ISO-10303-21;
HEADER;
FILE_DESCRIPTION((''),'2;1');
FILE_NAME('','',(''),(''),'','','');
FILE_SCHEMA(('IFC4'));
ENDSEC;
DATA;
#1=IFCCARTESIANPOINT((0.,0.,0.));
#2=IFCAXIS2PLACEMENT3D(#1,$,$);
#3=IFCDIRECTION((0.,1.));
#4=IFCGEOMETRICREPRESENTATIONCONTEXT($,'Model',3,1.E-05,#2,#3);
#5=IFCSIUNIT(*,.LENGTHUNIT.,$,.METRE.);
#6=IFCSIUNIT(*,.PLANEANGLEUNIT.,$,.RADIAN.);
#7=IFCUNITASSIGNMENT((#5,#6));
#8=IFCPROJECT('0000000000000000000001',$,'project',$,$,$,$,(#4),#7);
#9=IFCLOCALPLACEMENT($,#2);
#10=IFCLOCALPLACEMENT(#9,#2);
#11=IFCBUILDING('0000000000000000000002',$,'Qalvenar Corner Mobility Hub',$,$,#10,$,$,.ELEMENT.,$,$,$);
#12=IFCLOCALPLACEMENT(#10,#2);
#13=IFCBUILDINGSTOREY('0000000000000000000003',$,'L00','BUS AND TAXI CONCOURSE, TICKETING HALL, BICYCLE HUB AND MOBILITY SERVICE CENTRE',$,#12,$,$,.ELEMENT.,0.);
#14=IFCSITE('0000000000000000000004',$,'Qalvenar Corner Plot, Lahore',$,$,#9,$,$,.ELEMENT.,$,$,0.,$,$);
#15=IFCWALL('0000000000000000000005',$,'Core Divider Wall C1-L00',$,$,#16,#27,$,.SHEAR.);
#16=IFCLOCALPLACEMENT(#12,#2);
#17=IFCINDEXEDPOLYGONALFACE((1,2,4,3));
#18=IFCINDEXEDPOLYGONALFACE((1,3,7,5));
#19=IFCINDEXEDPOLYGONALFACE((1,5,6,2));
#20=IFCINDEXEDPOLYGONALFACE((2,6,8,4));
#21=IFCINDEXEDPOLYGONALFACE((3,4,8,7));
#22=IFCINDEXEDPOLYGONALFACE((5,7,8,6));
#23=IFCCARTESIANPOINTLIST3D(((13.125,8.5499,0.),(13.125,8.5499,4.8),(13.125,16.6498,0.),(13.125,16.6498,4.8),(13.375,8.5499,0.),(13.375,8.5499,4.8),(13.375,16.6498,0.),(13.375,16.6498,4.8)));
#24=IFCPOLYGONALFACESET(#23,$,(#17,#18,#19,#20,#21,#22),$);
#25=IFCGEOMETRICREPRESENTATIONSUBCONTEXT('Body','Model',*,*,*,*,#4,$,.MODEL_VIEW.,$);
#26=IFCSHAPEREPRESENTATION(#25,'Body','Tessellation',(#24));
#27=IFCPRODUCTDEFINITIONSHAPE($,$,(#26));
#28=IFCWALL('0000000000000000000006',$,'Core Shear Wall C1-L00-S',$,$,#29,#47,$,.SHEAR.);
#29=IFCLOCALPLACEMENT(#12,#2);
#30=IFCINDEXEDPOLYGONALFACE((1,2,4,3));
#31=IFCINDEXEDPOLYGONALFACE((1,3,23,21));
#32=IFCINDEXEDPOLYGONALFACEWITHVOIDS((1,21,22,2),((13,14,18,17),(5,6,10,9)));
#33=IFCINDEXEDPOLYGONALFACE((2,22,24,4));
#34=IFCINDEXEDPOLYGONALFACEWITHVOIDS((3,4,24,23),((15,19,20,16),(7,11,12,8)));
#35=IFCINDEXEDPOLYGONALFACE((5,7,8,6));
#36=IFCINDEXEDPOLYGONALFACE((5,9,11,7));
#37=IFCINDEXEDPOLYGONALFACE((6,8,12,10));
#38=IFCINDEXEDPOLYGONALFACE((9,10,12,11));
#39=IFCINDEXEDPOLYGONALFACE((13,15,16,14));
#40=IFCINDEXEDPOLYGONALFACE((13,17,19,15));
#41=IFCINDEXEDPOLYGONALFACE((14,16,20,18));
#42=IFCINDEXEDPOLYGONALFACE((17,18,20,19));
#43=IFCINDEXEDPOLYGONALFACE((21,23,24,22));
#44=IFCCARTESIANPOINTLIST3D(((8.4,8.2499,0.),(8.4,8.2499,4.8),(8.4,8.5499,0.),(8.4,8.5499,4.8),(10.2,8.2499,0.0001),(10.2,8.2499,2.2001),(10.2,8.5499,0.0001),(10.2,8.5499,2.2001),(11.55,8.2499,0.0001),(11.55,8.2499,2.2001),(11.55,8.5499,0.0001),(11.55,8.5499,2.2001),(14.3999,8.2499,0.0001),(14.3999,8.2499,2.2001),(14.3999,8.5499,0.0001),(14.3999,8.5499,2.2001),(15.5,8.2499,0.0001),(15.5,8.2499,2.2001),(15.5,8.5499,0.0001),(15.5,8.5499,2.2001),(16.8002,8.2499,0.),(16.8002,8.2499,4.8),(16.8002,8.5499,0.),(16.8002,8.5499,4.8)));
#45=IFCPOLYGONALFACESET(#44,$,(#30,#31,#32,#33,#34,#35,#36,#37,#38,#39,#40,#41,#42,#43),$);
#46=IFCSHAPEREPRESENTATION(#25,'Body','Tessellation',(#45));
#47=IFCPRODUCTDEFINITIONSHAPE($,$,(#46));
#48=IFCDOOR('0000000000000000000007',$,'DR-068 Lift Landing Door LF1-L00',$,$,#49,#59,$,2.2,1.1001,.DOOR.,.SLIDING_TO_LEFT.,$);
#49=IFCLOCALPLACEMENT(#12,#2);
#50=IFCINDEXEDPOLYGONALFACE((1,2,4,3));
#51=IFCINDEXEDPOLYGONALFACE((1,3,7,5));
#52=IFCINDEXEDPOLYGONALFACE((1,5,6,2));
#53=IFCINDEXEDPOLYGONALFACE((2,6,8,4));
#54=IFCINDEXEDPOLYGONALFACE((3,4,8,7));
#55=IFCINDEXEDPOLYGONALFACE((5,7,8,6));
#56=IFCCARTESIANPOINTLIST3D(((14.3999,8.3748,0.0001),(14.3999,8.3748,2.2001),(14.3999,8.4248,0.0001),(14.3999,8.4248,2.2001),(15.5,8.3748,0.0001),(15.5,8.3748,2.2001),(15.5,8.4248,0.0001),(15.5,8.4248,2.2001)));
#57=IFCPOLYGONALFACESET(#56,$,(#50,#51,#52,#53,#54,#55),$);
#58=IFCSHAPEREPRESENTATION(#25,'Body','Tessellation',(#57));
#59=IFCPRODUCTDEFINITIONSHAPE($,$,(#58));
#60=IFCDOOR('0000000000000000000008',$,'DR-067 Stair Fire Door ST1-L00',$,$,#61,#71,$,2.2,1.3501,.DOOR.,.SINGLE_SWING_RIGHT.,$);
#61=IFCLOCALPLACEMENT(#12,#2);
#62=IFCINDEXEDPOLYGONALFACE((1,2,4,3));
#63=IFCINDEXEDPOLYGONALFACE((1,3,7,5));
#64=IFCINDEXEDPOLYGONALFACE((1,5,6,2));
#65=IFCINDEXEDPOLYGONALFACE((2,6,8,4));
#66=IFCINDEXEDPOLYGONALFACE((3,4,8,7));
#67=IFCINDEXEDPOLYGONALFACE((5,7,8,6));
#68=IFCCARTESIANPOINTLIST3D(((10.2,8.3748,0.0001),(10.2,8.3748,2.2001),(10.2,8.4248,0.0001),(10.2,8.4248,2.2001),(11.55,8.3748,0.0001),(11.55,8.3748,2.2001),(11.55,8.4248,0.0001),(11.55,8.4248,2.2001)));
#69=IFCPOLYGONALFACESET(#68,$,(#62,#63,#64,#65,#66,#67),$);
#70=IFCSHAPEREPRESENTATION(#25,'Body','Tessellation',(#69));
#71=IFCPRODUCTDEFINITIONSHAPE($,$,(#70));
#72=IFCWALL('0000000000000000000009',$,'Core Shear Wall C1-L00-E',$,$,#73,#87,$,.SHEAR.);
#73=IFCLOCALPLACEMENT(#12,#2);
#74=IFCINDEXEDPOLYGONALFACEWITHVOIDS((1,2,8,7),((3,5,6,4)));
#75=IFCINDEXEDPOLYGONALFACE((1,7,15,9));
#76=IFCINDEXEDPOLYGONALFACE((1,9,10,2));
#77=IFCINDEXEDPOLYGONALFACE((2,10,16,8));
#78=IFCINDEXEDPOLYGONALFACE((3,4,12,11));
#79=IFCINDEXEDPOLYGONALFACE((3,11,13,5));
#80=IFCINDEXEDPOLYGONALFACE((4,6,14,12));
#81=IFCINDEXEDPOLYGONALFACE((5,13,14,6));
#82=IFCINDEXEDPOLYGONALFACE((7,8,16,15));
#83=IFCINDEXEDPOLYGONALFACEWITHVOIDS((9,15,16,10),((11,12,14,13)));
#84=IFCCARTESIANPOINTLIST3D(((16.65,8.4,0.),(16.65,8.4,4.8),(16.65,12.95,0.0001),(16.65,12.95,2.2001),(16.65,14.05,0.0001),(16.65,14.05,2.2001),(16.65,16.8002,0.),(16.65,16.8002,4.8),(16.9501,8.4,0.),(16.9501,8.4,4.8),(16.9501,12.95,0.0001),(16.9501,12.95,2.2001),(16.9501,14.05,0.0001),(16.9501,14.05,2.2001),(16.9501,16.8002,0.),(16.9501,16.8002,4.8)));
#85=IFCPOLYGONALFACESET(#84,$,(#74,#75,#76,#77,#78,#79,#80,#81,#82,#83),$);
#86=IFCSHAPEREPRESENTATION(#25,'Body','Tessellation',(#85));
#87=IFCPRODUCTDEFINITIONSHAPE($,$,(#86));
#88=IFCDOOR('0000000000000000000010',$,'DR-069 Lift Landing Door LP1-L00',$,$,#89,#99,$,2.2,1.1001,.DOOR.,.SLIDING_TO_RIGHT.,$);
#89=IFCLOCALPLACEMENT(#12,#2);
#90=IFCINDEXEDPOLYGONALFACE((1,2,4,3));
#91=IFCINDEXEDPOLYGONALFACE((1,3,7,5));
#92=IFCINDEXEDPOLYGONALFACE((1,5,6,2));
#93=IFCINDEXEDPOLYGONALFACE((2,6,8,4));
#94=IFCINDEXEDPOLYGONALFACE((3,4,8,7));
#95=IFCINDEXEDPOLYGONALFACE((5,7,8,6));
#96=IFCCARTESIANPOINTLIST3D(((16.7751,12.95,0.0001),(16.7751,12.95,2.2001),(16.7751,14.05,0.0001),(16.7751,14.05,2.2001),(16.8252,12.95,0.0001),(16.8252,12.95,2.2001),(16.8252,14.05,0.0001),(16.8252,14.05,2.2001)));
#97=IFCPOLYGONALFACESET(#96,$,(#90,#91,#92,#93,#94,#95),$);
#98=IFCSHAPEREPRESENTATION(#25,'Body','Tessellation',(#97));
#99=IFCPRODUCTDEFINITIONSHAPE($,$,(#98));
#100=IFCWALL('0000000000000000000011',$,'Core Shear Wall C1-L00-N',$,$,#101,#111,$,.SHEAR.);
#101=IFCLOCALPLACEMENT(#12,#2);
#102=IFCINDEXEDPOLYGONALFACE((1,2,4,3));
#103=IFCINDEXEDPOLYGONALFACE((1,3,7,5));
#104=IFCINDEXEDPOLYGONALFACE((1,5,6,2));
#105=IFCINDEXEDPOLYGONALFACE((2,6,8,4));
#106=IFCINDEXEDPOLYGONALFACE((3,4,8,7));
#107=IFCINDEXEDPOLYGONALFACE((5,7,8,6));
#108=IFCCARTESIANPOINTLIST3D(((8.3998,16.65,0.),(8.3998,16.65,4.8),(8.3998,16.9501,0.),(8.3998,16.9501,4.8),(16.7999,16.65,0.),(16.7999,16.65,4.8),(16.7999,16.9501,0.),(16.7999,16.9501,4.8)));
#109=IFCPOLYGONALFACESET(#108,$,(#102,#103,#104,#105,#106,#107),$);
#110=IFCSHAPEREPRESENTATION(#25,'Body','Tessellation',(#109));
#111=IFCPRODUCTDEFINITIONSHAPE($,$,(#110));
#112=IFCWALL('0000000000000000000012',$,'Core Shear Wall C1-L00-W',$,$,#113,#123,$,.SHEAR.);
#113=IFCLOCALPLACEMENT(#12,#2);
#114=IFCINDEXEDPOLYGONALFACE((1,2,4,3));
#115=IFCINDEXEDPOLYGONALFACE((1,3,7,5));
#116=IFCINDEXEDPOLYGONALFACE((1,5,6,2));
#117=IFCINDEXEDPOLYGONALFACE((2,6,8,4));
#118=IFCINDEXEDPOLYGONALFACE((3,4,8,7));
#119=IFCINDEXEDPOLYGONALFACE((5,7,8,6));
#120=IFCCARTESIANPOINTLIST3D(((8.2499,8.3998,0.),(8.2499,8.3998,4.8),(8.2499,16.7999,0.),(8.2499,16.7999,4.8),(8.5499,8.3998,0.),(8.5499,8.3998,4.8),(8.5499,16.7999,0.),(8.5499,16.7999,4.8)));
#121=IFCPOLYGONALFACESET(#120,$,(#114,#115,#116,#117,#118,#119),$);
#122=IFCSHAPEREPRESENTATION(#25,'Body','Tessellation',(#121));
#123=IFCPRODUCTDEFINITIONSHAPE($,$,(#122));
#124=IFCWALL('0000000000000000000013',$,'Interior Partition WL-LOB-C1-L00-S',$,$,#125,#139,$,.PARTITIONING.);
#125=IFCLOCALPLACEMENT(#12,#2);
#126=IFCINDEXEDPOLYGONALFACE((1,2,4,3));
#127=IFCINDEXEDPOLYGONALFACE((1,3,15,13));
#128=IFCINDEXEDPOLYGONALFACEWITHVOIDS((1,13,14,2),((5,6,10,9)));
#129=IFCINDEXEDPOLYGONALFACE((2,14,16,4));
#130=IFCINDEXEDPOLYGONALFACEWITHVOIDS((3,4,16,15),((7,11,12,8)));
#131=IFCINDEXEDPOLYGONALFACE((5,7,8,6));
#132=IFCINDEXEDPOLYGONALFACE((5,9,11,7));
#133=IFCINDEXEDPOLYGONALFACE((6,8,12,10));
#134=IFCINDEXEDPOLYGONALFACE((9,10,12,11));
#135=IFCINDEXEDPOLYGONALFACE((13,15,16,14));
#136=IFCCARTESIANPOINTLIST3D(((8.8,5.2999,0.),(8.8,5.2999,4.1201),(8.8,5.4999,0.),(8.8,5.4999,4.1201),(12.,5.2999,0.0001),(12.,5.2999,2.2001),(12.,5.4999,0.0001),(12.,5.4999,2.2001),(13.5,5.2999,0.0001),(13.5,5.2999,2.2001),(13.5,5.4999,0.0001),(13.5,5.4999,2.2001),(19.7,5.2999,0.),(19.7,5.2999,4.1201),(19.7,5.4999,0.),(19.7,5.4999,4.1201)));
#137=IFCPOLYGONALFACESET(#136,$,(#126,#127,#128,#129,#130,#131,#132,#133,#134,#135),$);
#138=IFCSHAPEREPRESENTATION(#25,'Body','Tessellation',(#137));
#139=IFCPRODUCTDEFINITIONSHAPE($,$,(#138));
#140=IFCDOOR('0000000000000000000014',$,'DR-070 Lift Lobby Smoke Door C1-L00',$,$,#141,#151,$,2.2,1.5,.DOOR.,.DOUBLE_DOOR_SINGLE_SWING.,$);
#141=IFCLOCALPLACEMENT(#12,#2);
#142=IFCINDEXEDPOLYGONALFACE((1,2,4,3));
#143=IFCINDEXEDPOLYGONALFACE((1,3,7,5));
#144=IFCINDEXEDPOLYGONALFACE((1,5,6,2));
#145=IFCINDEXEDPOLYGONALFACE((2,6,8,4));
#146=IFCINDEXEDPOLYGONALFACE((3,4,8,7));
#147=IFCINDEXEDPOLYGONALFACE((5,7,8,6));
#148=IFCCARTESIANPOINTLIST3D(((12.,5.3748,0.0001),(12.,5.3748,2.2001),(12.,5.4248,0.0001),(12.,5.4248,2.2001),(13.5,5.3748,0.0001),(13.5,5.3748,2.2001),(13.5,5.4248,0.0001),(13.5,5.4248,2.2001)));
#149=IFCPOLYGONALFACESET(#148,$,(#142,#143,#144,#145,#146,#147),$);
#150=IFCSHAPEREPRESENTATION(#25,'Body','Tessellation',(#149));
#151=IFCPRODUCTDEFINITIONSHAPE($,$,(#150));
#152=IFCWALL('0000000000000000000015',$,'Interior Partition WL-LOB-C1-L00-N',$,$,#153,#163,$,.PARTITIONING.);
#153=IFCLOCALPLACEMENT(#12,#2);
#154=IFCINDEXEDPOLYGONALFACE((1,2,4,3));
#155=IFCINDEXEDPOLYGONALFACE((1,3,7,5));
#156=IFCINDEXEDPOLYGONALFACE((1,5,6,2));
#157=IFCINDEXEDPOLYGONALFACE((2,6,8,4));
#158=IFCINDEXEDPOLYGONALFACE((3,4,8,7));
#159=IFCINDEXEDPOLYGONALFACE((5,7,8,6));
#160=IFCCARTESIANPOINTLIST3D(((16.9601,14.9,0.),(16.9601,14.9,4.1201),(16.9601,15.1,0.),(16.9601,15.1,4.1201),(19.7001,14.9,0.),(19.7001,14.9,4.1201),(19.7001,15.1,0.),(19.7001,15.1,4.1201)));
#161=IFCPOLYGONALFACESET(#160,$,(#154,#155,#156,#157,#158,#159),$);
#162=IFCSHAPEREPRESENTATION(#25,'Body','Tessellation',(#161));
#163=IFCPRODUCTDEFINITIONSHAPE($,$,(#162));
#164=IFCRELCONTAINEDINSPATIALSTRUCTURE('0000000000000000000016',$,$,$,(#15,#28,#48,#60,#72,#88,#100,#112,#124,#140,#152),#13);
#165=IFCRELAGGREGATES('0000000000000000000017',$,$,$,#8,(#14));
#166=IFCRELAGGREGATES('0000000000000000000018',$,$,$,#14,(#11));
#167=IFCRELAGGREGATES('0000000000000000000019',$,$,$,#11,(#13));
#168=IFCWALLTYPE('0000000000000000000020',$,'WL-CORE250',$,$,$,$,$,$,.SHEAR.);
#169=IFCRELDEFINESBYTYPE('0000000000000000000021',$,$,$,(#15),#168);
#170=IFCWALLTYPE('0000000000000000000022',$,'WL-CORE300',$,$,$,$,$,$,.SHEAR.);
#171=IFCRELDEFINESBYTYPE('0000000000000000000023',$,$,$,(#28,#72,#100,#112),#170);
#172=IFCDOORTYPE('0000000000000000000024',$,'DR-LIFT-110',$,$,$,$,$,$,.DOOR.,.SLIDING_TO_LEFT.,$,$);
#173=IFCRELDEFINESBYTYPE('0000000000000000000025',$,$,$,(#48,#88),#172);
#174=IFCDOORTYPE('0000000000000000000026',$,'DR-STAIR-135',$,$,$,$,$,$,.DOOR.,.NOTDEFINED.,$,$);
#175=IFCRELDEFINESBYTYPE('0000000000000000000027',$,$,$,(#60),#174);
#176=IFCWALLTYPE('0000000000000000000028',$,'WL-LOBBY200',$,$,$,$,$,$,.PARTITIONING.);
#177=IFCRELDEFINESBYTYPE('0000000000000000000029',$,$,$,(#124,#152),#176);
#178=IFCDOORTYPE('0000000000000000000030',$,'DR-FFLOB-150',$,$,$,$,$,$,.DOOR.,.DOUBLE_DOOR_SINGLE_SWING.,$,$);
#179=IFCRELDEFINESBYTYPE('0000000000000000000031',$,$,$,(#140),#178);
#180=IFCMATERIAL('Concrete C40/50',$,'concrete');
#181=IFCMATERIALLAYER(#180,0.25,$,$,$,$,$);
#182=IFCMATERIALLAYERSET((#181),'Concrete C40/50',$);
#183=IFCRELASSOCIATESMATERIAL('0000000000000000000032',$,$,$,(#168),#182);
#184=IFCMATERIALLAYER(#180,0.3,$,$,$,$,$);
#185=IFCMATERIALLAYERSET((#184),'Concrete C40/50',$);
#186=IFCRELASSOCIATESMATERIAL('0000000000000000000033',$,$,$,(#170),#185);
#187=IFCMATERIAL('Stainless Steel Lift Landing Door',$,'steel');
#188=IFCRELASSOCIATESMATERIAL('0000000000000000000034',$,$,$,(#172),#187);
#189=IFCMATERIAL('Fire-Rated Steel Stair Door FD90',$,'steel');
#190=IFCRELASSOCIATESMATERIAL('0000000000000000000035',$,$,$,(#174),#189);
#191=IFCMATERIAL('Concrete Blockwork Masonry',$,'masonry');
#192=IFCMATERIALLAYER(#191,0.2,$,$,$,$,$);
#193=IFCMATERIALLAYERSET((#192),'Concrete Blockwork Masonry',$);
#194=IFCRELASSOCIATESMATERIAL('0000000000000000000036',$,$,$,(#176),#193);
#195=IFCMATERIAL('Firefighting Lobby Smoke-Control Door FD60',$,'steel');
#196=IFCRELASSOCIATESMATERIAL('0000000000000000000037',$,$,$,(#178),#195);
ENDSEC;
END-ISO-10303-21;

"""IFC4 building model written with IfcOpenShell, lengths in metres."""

from ifc_helpers import new_model, si_unit, direction, frame, frame_2d, origin, place, context, subcontext, project, spatial, rectangle, extrude, material, layer, layer_set, type_object, element, fill, save


model = new_model("IFC4")

# Units and contexts
model_context = context("Model", 3, precision=1e-05, world=origin(), true_north=direction((0.0, 1.0)))
body_context = subcontext(model_context, "Body", "Model", "MODEL_VIEW")
ifc_project = project(units=[si_unit("LENGTHUNIT", "METRE"), si_unit("PLANEANGLEUNIT", "RADIAN")], contexts=[model_context])

# Site, building, storey
site_placement = place(None, origin())
site = spatial("IfcSite", under=ifc_project, at=site_placement, Name="Qalvenar Corner Plot, Lahore", CompositionType="ELEMENT", RefElevation=0.0)
building_placement = place(site_placement, origin())
building = spatial("IfcBuilding", under=site, at=building_placement, Name="Qalvenar Corner Mobility Hub", CompositionType="ELEMENT")
storey_placement = place(building_placement, origin())
storey = spatial("IfcBuildingStorey", under=building, at=storey_placement, Name="L00", Description="BUS AND TAXI CONCOURSE, TICKETING HALL, BICYCLE HUB AND MOBILITY SERVICE CENTRE", CompositionType="ELEMENT", Elevation=0.0)

# Wall
ifc_material_1 = material(Name="Concrete C40/50", Category="concrete")
ifc_layer_1 = layer(ifc_material_1, 0.25)
ifc_layer_set_1 = layer_set([ifc_layer_1], Name="Concrete C40/50")
wall_type_1 = type_object("IfcWallType", Name="WL-CORE250", PredefinedType="SHEAR", material=ifc_layer_set_1)
wall_1_placement = place(storey_placement, frame((13.25, 8.55, 0.0), z_axis=(0.0, 0.0, 1.0), x_axis=(0.0, 1.0, 0.0)))
element("IfcWall", 1, at=wall_1_placement, inside=storey, type_object=wall_type_1, Name="Core Divider Wall C1-L00", PredefinedType="SHEAR", context=body_context, shape_type="SweptSolid", body=[
    extrude(rectangle(XDim=8.0999, YDim=0.25, at=frame_2d((4.0498, 0.0))), origin(), (0.0, 0.0, 1.0), 4.8),
])

# Wall, openings, doors
ifc_layer_2 = layer(ifc_material_1, 0.3)
ifc_layer_set_2 = layer_set([ifc_layer_2], Name="Concrete C40/50")
wall_type_2 = type_object("IfcWallType", Name="WL-CORE300", PredefinedType="SHEAR", material=ifc_layer_set_2)
wall_2_placement = place(storey_placement, frame((8.3999, 8.3999, 0.0), z_axis=(0.0, 0.0, 1.0), x_axis=(1.0, 0.0, 0.0)))
wall_2 = element("IfcWall", 2, at=wall_2_placement, inside=storey, type_object=wall_type_2, Name="Core Shear Wall C1-L00-S", PredefinedType="SHEAR", context=body_context, shape_type="SweptSolid", body=[
    extrude(rectangle(XDim=8.4001, YDim=0.3, at=frame_2d((4.2002, 0.0))), origin(), (0.0, 0.0, 1.0), 4.8),
])
opening_1_placement = place(wall_2_placement, frame((1.8, 0.0, 0.0)))
opening_1 = element("IfcOpeningElement", 3, at=opening_1_placement, cuts=wall_2, PredefinedType="OPENING", context=body_context, shape_type="SweptSolid", body=[
    extrude(rectangle(XDim=1.3501, YDim=2.2, at=frame_2d((0.675, 1.1001))), frame((0.0, 0.1602, 0.0), z_axis=(0.0, -1.0, 0.0), x_axis=(1.0, 0.0, 0.0)), (0.0, 0.0, 1.0), 0.3201),
])
opening_2_placement = place(wall_2_placement, frame((6.0, 0.0, 0.0)))
opening_2 = element("IfcOpeningElement", 4, at=opening_2_placement, cuts=wall_2, PredefinedType="OPENING", context=body_context, shape_type="SweptSolid", body=[
    extrude(rectangle(XDim=1.1001, YDim=2.2, at=frame_2d((0.55, 1.1001))), frame((0.0, 0.1602, 0.0), z_axis=(0.0, -1.0, 0.0), x_axis=(1.0, 0.0, 0.0)), (0.0, 0.0, 1.0), 0.3201),
])
ifc_material_2 = material(Name="Stainless Steel Lift Landing Door", Category="steel")
door_type_1 = type_object("IfcDoorType", Name="DR-LIFT-110", OperationType="SLIDING_TO_LEFT", PredefinedType="DOOR", material=ifc_material_2)
door_1_placement = place(opening_2_placement, origin())
door_1 = element("IfcDoor", 5, at=door_1_placement, inside=storey, type_object=door_type_1, Name="DR-068 Lift Landing Door LF1-L00", OperationType="SLIDING_TO_LEFT", OverallHeight=2.2, OverallWidth=1.1001, PredefinedType="DOOR", context=body_context, shape_type="SweptSolid", body=[
    extrude(rectangle(XDim=1.1001, YDim=2.2, at=frame_2d((0.55, 1.1001))), frame((0.0, 0.0249, 0.0), z_axis=(0.0, -1.0, 0.0), x_axis=(1.0, 0.0, 0.0)), (0.0, 0.0, 1.0), 0.05),
])
fill(opening_2, door_1)
ifc_material_3 = material(Name="Fire-Rated Steel Stair Door FD90", Category="steel")
door_type_2 = type_object("IfcDoorType", Name="DR-STAIR-135", OperationType="NOTDEFINED", PredefinedType="DOOR", material=ifc_material_3)
door_2_placement = place(opening_1_placement, origin())
door_2 = element("IfcDoor", 6, at=door_2_placement, inside=storey, type_object=door_type_2, Name="DR-067 Stair Fire Door ST1-L00", OperationType="SINGLE_SWING_RIGHT", OverallHeight=2.2, OverallWidth=1.3501, PredefinedType="DOOR", context=body_context, shape_type="SweptSolid", body=[
    extrude(rectangle(XDim=1.3501, YDim=2.2, at=frame_2d((0.675, 1.1001))), frame((0.0, 0.0249, 0.0), z_axis=(0.0, -1.0, 0.0), x_axis=(1.0, 0.0, 0.0)), (0.0, 0.0, 1.0), 0.05),
])
fill(opening_1, door_2)

# Wall, opening, door
wall_3_placement = place(storey_placement, frame((16.8, 8.3999, 0.0), z_axis=(0.0, 0.0, 1.0), x_axis=(0.0, 1.0, 0.0)))
wall_3 = element("IfcWall", 7, at=wall_3_placement, inside=storey, type_object=wall_type_2, Name="Core Shear Wall C1-L00-E", PredefinedType="SHEAR", context=body_context, shape_type="SweptSolid", body=[
    extrude(rectangle(XDim=8.4001, YDim=0.3, at=frame_2d((4.2002, 0.0))), origin(), (0.0, 0.0, 1.0), 4.8),
])
opening_3_placement = place(wall_3_placement, frame((4.55, 0.0, 0.0)))
opening_3 = element("IfcOpeningElement", 8, at=opening_3_placement, cuts=wall_3, PredefinedType="OPENING", context=body_context, shape_type="SweptSolid", body=[
    extrude(rectangle(XDim=1.1001, YDim=2.2, at=frame_2d((0.55, 1.1001))), frame((0.0, 0.1602, 0.0), z_axis=(0.0, -1.0, 0.0), x_axis=(1.0, 0.0, 0.0)), (0.0, 0.0, 1.0), 0.3201),
])
door_3_placement = place(opening_3_placement, origin())
door_3 = element("IfcDoor", 9, at=door_3_placement, inside=storey, type_object=door_type_1, Name="DR-069 Lift Landing Door LP1-L00", OperationType="SLIDING_TO_RIGHT", OverallHeight=2.2, OverallWidth=1.1001, PredefinedType="DOOR", context=body_context, shape_type="SweptSolid", body=[
    extrude(rectangle(XDim=1.1001, YDim=2.2, at=frame_2d((0.55, 1.1001))), frame((0.0, 0.0249, 0.0), z_axis=(0.0, -1.0, 0.0), x_axis=(1.0, 0.0, 0.0)), (0.0, 0.0, 1.0), 0.05),
])
fill(opening_3, door_3)

# Walls
for number, where, z_axis, x_axis, name in (
    (10, (16.8, 16.8, 0.0), (0.0, 0.0, 1.0), (-1.0, 0.0, 0.0), "Core Shear Wall C1-L00-N"),
    (11, (8.3999, 16.8, 0.0), (0.0, 0.0, 1.0), (0.0, -1.0, 0.0), "Core Shear Wall C1-L00-W"),
):
    element("IfcWall", number, at=place(storey_placement, frame(where, z_axis=z_axis, x_axis=x_axis)), inside=storey, type_object=wall_type_2, Name=name, PredefinedType="SHEAR", context=body_context, shape_type="SweptSolid", body=[
        extrude(rectangle(XDim=8.4001, YDim=0.3, at=frame_2d((4.2002, 0.0))), origin(), (0.0, 0.0, 1.0), 4.8),
    ])

# Wall, opening, door
ifc_material_4 = material(Name="Concrete Blockwork Masonry", Category="masonry")
ifc_layer_3 = layer(ifc_material_4, 0.2)
ifc_layer_set_3 = layer_set([ifc_layer_3], Name="Concrete Blockwork Masonry")
wall_type_3 = type_object("IfcWallType", Name="WL-LOBBY200", PredefinedType="PARTITIONING", material=ifc_layer_set_3)
wall_4_placement = place(storey_placement, frame((8.8, 5.3999, 0.0), z_axis=(0.0, 0.0, 1.0), x_axis=(1.0, 0.0, 0.0)))
wall_4 = element("IfcWall", 12, at=wall_4_placement, inside=storey, type_object=wall_type_3, Name="Interior Partition WL-LOB-C1-L00-S", PredefinedType="PARTITIONING", context=body_context, shape_type="SweptSolid", body=[
    extrude(rectangle(XDim=10.8999, YDim=0.2, at=frame_2d((5.45, 0.0))), origin(), (0.0, 0.0, 1.0), 4.1201),
])
opening_4_placement = place(wall_4_placement, frame((3.2, 0.0, 0.0)))
opening_4 = element("IfcOpeningElement", 13, at=opening_4_placement, cuts=wall_4, PredefinedType="OPENING", context=body_context, shape_type="SweptSolid", body=[
    extrude(rectangle(XDim=1.5, YDim=2.2, at=frame_2d((0.75, 1.1001))), frame((0.0, 0.1099, 0.0), z_axis=(0.0, -1.0, 0.0), x_axis=(1.0, 0.0, 0.0)), (0.0, 0.0, 1.0), 0.22),
])
ifc_material_5 = material(Name="Firefighting Lobby Smoke-Control Door FD60", Category="steel")
door_type_3 = type_object("IfcDoorType", Name="DR-FFLOB-150", OperationType="DOUBLE_DOOR_SINGLE_SWING", PredefinedType="DOOR", material=ifc_material_5)
door_4_placement = place(opening_4_placement, origin())
door_4 = element("IfcDoor", 14, at=door_4_placement, inside=storey, type_object=door_type_3, Name="DR-070 Lift Lobby Smoke Door C1-L00", OperationType="DOUBLE_DOOR_SINGLE_SWING", OverallHeight=2.2, OverallWidth=1.5, PredefinedType="DOOR", context=body_context, shape_type="SweptSolid", body=[
    extrude(rectangle(XDim=1.5, YDim=2.2, at=frame_2d((0.75, 1.1001))), frame((0.0, 0.0249, 0.0), z_axis=(0.0, -1.0, 0.0), x_axis=(1.0, 0.0, 0.0)), (0.0, 0.0, 1.0), 0.05),
])
fill(opening_4, door_4)

# Wall
wall_5_placement = place(storey_placement, frame((16.96, 15.0, 0.0), z_axis=(0.0, 0.0, 1.0), x_axis=(1.0, 0.0, 0.0)))
element("IfcWall", 15, at=wall_5_placement, inside=storey, type_object=wall_type_3, Name="Interior Partition WL-LOB-C1-L00-N", PredefinedType="PARTITIONING", context=body_context, shape_type="SweptSolid", body=[
    extrude(rectangle(XDim=2.74, YDim=0.2, at=frame_2d((1.3701, 0.0))), origin(), (0.0, 0.0, 1.0), 4.1201),
])

save(model, "model.ifc")
